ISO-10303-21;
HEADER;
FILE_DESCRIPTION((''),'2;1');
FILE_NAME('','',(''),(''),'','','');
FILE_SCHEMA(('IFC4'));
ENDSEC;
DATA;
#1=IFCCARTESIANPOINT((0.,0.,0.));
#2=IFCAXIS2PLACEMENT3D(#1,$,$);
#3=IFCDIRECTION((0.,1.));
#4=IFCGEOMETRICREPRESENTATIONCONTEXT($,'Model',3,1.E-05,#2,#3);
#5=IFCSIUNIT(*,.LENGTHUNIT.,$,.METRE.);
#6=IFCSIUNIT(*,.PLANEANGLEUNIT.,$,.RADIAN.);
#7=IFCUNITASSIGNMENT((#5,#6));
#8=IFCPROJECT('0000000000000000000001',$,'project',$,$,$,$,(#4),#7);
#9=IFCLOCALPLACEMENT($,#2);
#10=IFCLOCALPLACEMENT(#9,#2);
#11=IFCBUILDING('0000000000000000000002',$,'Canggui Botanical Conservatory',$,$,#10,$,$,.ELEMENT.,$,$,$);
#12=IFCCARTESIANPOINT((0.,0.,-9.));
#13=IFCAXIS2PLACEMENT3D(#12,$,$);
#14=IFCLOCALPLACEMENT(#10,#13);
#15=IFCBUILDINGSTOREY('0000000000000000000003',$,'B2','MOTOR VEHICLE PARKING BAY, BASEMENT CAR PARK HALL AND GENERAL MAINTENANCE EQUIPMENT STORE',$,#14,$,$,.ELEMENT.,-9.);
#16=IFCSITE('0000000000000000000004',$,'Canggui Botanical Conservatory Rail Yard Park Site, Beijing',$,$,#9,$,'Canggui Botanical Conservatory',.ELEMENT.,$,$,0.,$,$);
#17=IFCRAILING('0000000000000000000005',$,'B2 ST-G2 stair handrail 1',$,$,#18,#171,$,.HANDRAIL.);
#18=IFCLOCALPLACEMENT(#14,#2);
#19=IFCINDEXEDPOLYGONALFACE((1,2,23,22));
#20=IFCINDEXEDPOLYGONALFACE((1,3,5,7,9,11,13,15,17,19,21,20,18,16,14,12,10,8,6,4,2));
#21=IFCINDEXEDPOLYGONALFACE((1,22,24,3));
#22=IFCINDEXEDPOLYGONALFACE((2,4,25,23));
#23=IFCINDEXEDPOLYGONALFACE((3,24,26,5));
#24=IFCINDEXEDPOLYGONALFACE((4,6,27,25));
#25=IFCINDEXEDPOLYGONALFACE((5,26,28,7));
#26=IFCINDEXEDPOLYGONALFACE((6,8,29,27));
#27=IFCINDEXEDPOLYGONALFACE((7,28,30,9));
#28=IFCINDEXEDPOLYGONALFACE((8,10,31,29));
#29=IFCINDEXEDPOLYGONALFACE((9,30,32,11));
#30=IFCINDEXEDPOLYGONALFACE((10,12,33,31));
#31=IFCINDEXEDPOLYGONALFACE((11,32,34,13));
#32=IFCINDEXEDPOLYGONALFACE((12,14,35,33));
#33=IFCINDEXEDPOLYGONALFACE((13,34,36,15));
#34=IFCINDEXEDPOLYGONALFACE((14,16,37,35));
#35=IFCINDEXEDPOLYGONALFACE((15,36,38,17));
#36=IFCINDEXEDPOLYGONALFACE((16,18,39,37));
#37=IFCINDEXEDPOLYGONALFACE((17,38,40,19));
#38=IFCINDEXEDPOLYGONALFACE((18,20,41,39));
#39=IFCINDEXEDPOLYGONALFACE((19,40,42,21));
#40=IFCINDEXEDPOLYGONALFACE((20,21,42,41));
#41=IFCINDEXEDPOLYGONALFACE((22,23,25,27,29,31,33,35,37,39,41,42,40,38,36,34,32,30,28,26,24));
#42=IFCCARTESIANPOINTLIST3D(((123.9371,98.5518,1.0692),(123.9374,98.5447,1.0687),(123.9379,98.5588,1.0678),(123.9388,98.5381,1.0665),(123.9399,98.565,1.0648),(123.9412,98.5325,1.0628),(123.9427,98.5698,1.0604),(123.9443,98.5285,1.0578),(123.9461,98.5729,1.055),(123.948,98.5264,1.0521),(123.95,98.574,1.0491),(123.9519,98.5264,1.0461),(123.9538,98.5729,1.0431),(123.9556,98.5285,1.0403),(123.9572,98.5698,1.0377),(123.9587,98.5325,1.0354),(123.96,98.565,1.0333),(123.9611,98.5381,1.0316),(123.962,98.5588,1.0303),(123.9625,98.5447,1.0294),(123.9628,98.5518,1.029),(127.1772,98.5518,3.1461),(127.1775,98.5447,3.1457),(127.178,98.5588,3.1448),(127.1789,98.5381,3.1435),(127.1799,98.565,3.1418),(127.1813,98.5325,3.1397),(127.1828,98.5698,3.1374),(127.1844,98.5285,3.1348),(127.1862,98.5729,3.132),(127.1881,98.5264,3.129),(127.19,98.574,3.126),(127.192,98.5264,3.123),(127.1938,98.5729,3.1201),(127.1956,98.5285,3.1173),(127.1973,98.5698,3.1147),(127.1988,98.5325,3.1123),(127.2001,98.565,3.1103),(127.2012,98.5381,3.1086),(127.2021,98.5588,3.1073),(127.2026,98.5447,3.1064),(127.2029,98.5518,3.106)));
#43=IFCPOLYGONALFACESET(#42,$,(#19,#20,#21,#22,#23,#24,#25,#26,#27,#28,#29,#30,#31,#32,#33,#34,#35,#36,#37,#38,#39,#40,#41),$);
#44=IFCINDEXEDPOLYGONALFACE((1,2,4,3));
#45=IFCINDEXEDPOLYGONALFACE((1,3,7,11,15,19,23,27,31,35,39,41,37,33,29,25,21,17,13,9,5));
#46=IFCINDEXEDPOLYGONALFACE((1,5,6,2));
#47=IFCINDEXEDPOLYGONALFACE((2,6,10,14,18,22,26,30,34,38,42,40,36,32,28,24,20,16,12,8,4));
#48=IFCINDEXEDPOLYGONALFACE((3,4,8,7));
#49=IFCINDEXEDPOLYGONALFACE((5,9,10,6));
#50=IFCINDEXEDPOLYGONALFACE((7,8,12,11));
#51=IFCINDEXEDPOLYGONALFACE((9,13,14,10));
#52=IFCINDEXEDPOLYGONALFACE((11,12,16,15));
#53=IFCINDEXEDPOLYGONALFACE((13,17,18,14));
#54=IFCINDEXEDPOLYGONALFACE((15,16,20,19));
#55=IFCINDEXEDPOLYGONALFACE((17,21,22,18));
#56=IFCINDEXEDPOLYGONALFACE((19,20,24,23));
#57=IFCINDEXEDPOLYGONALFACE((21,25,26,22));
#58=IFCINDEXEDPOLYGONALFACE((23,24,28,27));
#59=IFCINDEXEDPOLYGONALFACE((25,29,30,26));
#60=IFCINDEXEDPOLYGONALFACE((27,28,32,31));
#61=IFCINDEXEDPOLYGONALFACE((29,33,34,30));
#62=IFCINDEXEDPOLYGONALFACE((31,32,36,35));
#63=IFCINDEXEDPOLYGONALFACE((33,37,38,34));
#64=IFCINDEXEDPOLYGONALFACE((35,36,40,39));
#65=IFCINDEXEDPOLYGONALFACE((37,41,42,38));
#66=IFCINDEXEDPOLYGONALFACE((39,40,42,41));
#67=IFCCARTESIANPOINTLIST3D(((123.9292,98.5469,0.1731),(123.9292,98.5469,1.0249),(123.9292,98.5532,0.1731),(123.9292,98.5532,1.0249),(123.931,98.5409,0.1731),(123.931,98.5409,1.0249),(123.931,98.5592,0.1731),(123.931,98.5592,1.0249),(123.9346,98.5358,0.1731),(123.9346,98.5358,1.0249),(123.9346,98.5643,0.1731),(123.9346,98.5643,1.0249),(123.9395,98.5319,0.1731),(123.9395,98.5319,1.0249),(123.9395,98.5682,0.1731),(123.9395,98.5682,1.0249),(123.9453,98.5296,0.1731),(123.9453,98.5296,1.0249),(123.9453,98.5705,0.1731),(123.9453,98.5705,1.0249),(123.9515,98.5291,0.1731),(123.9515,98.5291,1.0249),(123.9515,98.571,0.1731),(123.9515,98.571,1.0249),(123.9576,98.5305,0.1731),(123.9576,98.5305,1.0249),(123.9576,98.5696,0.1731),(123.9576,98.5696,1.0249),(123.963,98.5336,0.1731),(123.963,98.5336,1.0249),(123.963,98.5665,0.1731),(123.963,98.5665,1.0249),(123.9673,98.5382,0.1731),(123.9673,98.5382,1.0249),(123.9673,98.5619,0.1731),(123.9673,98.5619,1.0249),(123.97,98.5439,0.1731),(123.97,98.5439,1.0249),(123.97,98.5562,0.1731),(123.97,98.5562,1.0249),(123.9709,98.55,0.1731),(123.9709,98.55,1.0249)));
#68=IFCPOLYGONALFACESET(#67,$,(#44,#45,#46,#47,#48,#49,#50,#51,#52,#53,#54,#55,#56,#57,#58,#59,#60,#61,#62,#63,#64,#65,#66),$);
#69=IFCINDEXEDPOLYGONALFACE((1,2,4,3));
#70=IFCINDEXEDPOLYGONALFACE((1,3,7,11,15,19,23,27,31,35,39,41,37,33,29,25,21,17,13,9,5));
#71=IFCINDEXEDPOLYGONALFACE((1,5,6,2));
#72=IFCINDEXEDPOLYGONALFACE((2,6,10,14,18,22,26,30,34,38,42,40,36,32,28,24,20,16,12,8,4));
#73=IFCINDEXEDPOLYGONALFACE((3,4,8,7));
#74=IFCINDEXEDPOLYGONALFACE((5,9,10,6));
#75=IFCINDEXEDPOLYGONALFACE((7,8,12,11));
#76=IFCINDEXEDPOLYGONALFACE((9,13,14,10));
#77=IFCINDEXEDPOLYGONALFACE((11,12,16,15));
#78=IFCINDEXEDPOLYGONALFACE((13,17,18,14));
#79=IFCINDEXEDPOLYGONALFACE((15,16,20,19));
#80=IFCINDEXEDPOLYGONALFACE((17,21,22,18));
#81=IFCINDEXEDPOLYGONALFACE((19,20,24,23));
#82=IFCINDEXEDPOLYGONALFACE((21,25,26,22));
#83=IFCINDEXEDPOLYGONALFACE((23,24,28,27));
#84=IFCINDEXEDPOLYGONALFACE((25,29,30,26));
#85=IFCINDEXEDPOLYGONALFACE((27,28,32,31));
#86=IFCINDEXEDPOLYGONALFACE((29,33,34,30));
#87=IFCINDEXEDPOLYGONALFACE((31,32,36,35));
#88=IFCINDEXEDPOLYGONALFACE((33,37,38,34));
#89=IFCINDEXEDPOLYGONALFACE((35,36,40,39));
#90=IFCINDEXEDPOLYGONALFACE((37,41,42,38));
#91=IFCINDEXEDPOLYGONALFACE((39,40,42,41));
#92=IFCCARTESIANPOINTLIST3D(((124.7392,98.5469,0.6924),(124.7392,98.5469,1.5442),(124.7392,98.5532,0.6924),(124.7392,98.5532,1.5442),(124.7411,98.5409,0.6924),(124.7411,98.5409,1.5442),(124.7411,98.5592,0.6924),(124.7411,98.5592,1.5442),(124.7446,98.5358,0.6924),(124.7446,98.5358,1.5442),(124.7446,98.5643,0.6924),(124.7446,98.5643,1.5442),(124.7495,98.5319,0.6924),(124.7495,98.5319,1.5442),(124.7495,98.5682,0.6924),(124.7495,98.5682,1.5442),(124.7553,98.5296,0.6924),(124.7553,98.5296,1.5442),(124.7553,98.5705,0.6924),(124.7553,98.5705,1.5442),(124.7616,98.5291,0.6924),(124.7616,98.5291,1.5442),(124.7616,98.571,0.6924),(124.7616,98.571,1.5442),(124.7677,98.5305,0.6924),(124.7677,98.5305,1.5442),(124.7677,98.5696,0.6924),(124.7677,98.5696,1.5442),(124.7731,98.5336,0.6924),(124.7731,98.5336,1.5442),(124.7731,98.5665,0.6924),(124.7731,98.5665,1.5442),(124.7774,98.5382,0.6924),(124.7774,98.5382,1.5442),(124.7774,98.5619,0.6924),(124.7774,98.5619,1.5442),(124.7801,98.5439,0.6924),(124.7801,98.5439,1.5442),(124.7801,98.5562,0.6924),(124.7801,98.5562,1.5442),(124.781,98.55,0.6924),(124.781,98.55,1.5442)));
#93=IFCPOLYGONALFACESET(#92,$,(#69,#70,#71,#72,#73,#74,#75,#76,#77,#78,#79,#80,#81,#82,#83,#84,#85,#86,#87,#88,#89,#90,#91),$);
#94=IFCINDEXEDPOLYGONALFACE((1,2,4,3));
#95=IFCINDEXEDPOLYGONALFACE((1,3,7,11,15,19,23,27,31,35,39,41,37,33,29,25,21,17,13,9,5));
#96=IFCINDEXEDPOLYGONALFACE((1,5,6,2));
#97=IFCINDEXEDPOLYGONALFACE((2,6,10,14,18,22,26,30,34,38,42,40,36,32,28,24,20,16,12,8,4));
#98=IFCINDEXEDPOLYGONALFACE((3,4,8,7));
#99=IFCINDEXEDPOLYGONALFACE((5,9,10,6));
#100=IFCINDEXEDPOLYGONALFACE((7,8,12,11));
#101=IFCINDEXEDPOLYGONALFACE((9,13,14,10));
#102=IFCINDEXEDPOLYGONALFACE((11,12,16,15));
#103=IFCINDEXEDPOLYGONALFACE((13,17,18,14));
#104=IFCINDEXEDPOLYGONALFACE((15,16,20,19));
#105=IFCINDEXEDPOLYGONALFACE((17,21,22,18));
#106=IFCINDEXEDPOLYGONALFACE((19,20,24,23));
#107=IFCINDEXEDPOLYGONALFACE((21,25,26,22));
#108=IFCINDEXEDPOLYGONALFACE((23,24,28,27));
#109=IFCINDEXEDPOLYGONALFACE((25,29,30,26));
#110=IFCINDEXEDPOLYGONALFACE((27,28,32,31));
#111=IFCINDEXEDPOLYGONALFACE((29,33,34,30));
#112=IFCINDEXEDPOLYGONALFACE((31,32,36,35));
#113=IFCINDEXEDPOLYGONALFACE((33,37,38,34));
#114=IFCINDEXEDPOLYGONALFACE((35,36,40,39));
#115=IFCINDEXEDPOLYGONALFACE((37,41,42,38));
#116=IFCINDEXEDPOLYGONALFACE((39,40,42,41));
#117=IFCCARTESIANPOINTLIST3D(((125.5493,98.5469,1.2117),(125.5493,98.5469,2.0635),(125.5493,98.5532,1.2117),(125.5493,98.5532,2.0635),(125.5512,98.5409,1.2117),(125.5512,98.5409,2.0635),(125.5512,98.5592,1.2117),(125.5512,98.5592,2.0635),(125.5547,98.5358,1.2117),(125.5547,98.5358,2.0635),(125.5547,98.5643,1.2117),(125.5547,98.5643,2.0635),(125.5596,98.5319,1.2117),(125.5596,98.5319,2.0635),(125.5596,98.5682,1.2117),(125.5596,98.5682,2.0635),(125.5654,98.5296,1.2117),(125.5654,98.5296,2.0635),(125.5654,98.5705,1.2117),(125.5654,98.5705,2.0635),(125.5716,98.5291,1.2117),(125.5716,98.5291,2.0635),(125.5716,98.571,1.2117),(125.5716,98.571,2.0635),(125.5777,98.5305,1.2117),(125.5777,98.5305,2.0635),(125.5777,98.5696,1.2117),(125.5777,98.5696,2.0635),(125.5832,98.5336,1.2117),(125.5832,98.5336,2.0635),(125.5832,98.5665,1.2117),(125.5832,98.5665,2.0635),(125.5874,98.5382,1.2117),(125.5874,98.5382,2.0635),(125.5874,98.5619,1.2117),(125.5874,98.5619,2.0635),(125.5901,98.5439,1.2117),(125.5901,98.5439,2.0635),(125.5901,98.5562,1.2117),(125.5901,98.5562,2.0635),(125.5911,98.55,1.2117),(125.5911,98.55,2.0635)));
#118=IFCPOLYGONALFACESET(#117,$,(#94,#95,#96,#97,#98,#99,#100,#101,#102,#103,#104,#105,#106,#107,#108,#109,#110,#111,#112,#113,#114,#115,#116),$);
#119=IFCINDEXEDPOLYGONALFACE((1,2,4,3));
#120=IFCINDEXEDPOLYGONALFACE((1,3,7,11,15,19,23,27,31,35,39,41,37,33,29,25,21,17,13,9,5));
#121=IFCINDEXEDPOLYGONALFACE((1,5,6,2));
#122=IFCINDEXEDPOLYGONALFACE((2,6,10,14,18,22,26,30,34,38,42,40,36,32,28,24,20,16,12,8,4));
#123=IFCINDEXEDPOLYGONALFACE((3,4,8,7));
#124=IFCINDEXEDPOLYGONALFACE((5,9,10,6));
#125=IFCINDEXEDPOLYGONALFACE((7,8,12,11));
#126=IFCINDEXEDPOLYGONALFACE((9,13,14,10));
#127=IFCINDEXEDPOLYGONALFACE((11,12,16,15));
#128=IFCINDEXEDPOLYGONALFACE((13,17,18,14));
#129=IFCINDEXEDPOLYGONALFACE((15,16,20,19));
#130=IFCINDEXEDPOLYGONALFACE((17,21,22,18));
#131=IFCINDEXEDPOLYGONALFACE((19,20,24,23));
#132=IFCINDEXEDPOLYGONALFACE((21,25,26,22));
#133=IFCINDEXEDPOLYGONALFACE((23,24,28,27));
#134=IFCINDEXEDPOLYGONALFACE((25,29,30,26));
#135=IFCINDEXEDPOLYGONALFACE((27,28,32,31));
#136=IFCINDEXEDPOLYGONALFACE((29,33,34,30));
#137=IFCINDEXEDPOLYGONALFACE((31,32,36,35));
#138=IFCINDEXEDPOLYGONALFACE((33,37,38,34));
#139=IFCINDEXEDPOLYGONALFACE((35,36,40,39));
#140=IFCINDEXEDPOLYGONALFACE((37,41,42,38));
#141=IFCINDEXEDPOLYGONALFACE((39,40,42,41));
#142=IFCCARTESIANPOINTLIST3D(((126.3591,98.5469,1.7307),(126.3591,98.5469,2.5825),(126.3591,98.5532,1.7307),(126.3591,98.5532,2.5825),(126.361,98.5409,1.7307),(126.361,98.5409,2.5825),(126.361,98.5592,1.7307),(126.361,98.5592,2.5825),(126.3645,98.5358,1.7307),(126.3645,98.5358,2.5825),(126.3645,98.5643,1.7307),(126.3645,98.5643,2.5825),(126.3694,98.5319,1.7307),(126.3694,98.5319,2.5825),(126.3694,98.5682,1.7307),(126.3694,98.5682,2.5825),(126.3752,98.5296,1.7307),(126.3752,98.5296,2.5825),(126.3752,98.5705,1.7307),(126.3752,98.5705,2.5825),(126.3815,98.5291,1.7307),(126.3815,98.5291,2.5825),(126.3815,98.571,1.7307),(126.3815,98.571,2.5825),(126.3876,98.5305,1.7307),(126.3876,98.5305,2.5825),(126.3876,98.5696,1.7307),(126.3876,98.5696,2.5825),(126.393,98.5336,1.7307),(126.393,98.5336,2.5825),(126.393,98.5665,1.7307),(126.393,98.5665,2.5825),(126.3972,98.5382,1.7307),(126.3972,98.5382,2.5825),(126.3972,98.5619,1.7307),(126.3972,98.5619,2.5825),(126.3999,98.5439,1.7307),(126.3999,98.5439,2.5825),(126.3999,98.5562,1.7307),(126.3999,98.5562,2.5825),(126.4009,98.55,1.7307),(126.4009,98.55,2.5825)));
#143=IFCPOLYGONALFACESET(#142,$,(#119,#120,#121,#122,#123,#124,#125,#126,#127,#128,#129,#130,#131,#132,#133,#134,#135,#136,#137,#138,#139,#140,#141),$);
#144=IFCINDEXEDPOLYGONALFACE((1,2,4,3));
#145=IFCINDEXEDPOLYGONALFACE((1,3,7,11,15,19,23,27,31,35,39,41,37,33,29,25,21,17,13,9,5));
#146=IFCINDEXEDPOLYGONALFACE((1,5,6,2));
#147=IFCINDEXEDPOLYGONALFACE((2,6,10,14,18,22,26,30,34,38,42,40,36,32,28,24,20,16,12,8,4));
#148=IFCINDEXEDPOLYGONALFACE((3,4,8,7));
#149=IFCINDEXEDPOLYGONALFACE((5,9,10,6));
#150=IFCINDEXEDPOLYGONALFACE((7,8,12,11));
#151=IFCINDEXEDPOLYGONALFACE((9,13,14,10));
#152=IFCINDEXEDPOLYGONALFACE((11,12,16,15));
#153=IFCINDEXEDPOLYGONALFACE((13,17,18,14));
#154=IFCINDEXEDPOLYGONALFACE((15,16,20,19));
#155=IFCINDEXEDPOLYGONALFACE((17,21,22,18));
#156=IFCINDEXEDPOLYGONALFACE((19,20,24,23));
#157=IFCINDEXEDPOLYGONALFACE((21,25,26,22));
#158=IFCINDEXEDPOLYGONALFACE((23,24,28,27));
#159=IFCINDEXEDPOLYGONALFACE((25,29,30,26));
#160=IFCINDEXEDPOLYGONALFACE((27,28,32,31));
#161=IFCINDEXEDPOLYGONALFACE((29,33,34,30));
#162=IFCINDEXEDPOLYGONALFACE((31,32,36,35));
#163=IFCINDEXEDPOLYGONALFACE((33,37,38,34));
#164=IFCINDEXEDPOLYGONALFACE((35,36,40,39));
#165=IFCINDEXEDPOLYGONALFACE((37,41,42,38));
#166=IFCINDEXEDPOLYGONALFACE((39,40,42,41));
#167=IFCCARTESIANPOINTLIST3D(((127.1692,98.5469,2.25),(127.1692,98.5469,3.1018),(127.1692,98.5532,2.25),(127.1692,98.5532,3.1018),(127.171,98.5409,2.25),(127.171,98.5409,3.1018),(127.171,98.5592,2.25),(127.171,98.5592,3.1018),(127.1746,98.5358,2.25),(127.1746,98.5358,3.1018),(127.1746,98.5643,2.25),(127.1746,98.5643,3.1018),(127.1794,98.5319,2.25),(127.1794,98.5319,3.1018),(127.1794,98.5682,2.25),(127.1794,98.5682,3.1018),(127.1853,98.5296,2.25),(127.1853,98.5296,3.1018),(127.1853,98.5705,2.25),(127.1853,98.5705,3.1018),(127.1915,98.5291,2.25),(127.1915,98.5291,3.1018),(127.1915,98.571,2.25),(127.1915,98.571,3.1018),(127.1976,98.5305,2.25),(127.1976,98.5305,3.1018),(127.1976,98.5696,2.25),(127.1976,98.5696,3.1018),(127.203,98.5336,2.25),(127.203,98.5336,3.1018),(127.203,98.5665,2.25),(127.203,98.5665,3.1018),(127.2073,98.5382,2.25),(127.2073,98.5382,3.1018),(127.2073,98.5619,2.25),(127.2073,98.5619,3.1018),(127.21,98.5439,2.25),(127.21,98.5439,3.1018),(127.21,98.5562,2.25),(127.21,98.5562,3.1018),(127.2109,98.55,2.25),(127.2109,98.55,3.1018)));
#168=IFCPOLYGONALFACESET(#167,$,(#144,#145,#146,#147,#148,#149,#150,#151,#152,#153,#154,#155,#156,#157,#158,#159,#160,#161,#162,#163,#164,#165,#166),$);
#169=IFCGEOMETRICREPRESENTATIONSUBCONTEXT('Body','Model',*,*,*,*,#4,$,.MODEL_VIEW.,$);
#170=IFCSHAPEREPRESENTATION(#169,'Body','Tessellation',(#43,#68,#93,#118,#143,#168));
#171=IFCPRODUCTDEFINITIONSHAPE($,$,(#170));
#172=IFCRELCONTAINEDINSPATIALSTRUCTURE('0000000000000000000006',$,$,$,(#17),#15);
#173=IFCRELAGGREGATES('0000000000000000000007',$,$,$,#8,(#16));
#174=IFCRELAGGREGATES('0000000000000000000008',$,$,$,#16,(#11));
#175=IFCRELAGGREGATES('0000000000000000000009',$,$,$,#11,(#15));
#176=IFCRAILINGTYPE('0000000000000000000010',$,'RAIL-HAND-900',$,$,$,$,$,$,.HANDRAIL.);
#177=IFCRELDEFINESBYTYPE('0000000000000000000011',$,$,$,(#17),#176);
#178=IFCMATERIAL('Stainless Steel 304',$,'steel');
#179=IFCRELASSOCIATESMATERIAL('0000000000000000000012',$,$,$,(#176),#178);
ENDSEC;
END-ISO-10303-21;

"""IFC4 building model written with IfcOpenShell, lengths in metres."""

from ifc_helpers import new_model, si_unit, direction, frame, origin, origin_2d, place, context, subcontext, project, spatial, circle, extrude, material, type_object, element, save


model = new_model("IFC4")

# Units and contexts
model_context = context("Model", 3, precision=1e-05, world=origin(), true_north=direction((0.0, 1.0)))
body_context = subcontext(model_context, "Body", "Model", "MODEL_VIEW")
ifc_project = project(units=[si_unit("LENGTHUNIT", "METRE"), si_unit("PLANEANGLEUNIT", "RADIAN")], contexts=[model_context])

# Site, building, storey
site_placement = place(None, origin())
site = spatial("IfcSite", under=ifc_project, at=site_placement, Name="Canggui Botanical Conservatory Rail Yard Park Site, Beijing", LongName="Canggui Botanical Conservatory", CompositionType="ELEMENT", RefElevation=0.0)
building_placement = place(site_placement, origin())
building = spatial("IfcBuilding", under=site, at=building_placement, Name="Canggui Botanical Conservatory", CompositionType="ELEMENT")
storey_placement = place(building_placement, frame((0.0, 0.0, -9.0)))
storey = spatial("IfcBuildingStorey", under=building, at=storey_placement, Name="B2", Description="MOTOR VEHICLE PARKING BAY, BASEMENT CAR PARK HALL AND GENERAL MAINTENANCE EQUIPMENT STORE", CompositionType="ELEMENT", Elevation=-9.0)

# Railing
ifc_material_1 = material(Name="Stainless Steel 304", Category="steel")
railing_type_1 = type_object("IfcRailingType", Name="RAIL-HAND-900", PredefinedType="HANDRAIL", material=ifc_material_1)
for number, where, name in (
    (1, (123.95, 98.55, 0.1731), "B2 ST-G2 stair handrail 1"),
):
    element("IfcRailing", number, at=place(storey_placement, frame(where)), inside=storey, type_object=railing_type_1, Name=name, PredefinedType="HANDRAIL", context=body_context, shape_type="SweptSolid", body=[
        extrude(circle(Radius=0.0239, at=origin_2d()), frame((0.0, 0.0, 0.876), z_axis=(0.841881, 0.0, 0.539664), x_axis=(0.0, 1.0, 0.0)), (0.0, 0.0, 1.0), 3.8486),
        extrude(circle(Radius=0.021, at=origin_2d()), origin(), (0.0, 0.0, 1.0), 0.8518),
        extrude(circle(Radius=0.021, at=origin_2d()), frame((0.8101, 0.0, 0.5193)), (0.0, 0.0, 1.0), 0.8518),
        extrude(circle(Radius=0.021, at=origin_2d()), frame((1.6201, 0.0, 1.0386)), (0.0, 0.0, 1.0), 0.8518),
        extrude(circle(Radius=0.021, at=origin_2d()), frame((2.4299, 0.0, 1.5576)), (0.0, 0.0, 1.0), 0.8518),
        extrude(circle(Radius=0.021, at=origin_2d()), frame((3.24, 0.0, 2.0769)), (0.0, 0.0, 1.0), 0.8518),
    ])

save(model, "model.ifc")
